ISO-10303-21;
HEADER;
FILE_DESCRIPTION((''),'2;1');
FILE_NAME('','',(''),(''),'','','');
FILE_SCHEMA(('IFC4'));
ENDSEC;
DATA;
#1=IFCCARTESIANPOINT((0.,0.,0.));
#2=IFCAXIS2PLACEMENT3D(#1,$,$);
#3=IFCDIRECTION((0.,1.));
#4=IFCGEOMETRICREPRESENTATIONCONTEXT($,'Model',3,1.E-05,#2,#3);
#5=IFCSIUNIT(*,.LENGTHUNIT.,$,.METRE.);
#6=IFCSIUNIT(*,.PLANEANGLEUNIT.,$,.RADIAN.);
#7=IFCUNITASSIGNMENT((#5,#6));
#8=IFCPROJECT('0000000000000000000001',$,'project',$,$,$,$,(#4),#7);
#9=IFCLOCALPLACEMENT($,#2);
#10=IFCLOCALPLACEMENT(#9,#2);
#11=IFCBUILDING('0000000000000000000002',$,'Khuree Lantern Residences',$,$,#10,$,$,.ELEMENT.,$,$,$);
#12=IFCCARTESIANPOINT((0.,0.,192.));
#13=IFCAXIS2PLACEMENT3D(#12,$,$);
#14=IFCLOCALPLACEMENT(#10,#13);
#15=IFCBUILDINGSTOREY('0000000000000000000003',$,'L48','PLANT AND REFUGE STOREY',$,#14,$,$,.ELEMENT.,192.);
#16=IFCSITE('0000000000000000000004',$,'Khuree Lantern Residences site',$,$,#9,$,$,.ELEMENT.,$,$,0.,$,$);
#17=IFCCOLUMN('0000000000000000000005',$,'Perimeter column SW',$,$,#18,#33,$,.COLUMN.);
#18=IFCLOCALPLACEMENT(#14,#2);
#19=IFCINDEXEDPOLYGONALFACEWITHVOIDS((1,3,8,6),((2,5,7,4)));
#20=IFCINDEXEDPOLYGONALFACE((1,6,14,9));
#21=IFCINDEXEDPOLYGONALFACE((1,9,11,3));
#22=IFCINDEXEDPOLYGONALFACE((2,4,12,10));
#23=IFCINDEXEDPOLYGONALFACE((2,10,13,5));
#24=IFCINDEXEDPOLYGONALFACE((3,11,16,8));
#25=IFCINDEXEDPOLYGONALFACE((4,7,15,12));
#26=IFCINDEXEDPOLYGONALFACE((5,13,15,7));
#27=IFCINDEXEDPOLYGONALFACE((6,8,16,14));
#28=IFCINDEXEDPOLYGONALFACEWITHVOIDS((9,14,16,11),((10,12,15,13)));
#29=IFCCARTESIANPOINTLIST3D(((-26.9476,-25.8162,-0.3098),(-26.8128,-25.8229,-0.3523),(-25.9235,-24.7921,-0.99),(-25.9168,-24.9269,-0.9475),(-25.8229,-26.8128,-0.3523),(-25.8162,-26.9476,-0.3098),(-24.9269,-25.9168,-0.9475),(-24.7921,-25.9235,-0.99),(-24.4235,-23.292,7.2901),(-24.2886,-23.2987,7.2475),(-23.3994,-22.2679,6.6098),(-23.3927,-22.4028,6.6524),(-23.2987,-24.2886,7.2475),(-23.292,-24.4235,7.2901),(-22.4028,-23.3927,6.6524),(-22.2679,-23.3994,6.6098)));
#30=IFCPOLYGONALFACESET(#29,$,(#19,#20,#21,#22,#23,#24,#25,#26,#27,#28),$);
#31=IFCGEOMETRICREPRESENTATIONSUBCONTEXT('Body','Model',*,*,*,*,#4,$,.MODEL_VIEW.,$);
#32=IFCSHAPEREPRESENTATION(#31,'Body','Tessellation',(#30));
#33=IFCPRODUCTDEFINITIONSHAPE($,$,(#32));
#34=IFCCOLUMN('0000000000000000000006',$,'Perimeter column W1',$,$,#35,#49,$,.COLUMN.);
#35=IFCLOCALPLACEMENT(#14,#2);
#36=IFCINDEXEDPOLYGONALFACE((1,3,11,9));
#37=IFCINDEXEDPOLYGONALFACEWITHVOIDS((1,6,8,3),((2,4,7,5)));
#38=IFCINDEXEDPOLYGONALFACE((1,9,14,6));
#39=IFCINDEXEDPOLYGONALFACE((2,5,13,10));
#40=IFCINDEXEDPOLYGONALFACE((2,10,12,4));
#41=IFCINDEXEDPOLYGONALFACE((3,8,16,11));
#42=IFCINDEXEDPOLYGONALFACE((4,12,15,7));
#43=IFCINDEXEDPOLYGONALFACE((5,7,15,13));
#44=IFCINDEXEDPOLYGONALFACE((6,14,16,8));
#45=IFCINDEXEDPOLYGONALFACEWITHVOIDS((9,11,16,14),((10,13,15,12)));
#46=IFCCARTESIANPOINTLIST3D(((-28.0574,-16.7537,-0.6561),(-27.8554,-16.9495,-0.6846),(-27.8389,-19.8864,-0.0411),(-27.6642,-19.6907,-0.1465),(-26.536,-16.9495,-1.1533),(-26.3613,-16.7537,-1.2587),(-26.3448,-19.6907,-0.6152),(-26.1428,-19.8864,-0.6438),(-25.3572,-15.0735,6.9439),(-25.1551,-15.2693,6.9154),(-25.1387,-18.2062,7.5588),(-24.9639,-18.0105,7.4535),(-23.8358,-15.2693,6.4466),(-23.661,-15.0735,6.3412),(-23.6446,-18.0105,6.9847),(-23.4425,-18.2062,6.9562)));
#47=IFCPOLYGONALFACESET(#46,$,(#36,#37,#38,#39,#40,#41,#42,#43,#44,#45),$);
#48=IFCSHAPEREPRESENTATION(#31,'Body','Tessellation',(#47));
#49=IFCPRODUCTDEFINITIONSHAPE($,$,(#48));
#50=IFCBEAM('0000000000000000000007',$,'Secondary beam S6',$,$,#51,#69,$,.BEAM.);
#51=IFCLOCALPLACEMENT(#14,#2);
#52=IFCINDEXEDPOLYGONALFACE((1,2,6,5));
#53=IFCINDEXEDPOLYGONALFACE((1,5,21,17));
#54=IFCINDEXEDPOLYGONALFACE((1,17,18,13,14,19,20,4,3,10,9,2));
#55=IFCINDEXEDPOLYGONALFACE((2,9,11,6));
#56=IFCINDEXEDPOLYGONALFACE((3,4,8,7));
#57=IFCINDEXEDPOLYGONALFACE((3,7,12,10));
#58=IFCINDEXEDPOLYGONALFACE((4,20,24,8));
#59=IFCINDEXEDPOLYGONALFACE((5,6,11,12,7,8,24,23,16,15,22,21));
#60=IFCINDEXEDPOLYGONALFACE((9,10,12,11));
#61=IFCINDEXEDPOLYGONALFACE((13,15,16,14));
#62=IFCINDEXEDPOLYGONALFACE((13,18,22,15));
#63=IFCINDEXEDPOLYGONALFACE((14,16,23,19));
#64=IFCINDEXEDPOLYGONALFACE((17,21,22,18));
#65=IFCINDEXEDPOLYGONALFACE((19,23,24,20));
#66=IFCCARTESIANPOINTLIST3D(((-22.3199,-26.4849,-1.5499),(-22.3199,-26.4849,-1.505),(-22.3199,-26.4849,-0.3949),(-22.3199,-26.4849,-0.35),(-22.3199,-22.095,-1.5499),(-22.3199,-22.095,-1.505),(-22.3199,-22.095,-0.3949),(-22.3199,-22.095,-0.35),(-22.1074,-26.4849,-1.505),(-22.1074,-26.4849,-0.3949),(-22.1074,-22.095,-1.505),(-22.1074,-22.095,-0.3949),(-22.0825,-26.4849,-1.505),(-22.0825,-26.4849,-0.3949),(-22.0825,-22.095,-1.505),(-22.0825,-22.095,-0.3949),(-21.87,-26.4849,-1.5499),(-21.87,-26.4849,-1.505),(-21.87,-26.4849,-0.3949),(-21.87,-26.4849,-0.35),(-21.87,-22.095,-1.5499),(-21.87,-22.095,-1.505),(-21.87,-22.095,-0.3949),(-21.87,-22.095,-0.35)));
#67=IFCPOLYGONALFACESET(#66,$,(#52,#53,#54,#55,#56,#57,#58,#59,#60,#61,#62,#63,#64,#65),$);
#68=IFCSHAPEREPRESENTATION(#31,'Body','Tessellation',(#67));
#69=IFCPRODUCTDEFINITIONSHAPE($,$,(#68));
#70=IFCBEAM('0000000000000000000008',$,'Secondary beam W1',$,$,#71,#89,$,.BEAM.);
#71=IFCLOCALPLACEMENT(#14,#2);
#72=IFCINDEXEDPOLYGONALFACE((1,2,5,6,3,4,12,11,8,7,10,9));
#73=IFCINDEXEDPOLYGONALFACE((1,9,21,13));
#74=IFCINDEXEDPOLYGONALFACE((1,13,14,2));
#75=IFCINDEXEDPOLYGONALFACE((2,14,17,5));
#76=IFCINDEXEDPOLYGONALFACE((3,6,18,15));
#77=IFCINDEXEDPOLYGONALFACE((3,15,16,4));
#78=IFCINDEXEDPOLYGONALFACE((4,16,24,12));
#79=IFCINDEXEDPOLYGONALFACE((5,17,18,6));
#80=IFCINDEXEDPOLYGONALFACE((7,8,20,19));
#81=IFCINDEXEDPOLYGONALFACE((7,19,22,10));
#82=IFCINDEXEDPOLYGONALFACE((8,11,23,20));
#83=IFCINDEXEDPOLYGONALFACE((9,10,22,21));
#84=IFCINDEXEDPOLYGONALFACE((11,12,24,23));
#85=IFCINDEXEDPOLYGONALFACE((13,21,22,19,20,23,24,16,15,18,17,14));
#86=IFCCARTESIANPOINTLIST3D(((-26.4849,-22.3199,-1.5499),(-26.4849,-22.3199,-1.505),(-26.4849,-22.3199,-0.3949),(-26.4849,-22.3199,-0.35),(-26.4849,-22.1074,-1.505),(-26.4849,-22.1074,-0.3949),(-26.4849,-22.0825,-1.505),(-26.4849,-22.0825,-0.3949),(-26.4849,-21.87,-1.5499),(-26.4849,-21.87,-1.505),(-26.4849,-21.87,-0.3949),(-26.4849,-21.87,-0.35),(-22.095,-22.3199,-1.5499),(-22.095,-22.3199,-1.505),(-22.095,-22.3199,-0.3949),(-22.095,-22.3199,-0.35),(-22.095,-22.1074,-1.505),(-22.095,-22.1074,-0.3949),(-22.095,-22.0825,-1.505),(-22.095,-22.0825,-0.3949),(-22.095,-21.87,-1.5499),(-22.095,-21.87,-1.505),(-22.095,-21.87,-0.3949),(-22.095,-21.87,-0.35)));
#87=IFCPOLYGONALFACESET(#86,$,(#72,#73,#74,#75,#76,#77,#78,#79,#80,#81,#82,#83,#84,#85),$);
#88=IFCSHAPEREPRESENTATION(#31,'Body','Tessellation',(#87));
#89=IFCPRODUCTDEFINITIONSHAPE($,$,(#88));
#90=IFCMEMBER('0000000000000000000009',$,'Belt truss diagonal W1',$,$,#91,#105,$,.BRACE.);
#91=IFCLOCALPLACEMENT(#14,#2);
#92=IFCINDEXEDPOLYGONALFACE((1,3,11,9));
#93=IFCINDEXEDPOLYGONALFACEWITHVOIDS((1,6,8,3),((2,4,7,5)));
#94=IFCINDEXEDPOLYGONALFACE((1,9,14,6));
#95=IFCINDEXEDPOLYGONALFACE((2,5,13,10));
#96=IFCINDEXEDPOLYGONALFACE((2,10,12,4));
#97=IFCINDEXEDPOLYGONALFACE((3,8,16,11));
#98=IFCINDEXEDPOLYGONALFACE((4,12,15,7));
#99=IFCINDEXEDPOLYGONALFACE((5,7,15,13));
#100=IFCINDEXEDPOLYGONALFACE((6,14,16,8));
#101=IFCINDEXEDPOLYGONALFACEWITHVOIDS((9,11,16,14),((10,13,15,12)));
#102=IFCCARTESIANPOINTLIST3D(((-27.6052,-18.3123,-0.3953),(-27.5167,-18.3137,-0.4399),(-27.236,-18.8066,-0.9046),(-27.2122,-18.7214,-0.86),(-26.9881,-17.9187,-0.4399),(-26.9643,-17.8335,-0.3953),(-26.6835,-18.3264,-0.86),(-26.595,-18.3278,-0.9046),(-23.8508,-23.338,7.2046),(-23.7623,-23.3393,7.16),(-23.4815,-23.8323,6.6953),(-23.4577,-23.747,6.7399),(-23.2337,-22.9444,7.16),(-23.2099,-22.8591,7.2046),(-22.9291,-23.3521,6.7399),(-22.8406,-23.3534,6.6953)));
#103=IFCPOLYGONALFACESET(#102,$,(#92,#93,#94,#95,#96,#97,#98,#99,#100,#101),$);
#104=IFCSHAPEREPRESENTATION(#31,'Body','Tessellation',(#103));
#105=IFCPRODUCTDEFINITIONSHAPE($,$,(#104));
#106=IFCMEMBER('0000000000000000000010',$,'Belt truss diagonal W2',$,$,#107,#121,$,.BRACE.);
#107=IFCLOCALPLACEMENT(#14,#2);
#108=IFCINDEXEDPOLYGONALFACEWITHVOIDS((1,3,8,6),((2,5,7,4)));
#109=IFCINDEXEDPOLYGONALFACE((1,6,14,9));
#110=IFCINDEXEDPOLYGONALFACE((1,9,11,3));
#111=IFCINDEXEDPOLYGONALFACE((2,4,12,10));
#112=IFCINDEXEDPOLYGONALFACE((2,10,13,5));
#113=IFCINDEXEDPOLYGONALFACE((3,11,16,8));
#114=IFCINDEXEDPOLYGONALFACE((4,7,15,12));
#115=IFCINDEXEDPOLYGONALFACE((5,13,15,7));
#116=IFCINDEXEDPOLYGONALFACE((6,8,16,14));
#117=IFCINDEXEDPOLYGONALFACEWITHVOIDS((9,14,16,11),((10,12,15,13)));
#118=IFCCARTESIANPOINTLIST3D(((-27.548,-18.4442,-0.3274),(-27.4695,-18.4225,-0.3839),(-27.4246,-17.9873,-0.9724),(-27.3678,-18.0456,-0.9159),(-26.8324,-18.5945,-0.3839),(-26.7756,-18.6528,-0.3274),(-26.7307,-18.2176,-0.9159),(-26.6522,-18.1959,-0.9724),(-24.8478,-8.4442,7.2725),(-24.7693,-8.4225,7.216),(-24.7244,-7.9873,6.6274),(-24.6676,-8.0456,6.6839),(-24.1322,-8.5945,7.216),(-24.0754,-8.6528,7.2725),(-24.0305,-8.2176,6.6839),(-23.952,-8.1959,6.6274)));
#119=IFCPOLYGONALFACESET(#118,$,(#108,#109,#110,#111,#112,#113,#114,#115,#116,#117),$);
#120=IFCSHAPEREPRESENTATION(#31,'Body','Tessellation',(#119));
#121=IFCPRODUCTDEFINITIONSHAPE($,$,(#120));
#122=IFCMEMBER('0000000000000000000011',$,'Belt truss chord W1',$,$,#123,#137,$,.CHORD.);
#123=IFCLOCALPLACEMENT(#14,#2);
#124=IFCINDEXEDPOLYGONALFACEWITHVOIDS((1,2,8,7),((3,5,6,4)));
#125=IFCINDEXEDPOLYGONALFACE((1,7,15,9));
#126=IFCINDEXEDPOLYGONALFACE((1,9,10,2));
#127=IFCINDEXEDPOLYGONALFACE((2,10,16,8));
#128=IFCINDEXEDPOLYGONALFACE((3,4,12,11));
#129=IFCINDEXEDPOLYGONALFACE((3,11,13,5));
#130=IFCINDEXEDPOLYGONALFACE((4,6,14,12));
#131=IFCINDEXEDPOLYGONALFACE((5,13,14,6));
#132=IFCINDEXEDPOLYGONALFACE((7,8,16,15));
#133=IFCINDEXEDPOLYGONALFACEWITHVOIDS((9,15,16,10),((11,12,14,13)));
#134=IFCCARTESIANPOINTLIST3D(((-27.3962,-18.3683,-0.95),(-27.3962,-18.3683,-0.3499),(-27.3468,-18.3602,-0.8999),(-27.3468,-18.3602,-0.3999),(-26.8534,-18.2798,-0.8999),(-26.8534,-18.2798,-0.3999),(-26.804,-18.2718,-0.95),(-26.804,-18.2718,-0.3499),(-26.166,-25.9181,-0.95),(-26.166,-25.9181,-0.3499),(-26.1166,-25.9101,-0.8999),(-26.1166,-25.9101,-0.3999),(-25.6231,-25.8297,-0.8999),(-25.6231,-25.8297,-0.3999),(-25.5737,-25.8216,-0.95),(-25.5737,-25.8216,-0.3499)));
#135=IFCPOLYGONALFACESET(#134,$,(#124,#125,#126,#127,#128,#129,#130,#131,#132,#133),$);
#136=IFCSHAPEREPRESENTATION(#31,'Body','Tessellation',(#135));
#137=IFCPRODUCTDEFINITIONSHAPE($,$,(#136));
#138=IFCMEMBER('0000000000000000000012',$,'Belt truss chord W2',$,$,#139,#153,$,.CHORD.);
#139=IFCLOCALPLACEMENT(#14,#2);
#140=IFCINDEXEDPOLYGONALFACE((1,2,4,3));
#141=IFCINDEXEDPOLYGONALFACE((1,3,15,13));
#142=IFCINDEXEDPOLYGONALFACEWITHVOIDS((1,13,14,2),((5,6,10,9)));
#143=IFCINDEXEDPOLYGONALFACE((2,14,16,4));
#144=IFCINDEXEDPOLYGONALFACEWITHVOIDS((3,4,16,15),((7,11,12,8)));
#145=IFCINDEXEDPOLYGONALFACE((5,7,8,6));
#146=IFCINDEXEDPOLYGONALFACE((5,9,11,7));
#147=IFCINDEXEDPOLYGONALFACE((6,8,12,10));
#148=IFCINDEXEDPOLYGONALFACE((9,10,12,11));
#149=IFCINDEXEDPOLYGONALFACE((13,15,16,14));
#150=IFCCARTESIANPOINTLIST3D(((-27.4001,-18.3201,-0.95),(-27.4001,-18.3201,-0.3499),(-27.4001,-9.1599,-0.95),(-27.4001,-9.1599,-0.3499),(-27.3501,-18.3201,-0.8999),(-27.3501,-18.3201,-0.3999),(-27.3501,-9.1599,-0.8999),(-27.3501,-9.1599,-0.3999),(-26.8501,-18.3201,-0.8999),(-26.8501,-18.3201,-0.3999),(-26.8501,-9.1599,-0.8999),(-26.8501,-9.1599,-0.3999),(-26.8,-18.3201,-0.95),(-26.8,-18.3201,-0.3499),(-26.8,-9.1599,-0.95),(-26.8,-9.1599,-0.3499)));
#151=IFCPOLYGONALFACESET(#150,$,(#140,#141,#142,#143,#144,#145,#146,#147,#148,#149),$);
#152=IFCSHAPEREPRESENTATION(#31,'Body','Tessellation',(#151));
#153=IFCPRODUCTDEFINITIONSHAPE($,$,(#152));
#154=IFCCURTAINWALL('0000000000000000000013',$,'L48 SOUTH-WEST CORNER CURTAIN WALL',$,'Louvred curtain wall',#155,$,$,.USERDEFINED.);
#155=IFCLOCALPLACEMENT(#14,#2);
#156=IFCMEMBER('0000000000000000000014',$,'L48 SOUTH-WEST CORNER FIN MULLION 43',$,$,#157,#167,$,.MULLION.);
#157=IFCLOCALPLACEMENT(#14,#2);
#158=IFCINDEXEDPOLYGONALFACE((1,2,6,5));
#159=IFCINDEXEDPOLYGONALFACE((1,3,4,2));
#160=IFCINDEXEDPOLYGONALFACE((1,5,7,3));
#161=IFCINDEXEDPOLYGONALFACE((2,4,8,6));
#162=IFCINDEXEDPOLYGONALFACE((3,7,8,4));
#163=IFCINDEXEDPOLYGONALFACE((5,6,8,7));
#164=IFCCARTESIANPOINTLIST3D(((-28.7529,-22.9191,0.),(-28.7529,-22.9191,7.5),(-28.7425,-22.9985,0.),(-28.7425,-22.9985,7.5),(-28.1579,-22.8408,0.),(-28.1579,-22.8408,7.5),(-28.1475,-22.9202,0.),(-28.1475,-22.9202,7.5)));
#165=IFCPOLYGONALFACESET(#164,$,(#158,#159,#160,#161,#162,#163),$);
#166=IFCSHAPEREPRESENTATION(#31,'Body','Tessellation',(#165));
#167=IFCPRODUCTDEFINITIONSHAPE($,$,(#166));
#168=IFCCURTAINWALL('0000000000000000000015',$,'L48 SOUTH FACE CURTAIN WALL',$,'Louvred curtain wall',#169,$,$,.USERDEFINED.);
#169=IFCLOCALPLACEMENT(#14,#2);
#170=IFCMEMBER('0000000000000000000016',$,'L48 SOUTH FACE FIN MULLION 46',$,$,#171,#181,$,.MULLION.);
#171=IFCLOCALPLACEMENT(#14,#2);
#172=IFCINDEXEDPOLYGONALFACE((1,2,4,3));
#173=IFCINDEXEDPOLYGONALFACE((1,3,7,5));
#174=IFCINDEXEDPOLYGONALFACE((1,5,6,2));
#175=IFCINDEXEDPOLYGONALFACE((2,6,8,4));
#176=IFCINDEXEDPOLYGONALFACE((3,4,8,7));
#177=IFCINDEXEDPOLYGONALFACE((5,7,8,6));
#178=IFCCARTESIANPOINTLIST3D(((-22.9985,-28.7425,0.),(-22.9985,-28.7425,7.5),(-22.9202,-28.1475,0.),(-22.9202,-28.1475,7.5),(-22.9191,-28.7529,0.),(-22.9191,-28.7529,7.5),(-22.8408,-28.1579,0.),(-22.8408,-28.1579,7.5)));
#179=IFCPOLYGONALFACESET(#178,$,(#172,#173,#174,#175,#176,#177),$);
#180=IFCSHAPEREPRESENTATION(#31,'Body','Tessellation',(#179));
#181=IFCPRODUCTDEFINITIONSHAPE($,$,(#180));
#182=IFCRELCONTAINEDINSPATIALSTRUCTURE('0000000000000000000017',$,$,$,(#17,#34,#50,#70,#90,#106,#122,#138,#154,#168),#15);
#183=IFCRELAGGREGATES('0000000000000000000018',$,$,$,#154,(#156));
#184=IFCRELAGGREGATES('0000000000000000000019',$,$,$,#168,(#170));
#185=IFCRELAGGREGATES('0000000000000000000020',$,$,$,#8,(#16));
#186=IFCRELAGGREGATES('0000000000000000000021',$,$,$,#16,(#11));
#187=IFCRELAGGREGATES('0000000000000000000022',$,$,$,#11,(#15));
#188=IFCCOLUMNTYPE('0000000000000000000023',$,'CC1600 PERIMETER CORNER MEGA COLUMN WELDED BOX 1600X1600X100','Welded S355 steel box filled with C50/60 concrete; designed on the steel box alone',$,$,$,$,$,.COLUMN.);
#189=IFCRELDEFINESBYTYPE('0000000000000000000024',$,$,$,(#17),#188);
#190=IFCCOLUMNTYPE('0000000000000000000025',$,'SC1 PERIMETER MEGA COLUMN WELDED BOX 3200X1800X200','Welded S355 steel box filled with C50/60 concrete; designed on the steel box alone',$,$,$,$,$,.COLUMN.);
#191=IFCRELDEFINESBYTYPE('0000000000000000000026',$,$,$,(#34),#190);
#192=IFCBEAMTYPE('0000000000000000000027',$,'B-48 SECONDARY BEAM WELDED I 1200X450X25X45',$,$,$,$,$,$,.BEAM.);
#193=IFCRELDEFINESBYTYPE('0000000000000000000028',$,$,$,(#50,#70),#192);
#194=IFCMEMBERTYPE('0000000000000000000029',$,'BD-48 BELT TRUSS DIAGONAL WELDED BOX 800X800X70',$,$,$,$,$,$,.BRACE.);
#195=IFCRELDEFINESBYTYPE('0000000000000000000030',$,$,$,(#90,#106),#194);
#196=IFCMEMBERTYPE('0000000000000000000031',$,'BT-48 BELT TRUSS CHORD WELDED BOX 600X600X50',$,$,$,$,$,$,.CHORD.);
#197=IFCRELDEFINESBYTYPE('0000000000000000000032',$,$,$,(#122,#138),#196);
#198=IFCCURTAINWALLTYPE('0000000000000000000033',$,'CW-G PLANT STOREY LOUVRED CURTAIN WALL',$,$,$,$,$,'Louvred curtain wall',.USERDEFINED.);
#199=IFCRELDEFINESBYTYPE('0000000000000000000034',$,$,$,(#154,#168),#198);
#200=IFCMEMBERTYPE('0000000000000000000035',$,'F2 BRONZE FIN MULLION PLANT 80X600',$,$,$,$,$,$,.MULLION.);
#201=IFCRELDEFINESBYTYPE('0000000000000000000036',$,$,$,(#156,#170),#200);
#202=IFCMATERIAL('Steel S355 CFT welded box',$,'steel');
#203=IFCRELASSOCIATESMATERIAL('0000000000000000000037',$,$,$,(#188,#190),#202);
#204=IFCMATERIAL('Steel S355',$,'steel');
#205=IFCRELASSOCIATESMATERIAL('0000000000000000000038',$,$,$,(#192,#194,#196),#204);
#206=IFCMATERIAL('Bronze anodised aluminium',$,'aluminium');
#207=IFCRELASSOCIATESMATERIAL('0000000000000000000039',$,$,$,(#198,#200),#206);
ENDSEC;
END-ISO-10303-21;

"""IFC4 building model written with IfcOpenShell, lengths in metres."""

from ifc_helpers import new_model, si_unit, direction, frame, origin, origin_2d, place, context, subcontext, project, spatial, rectangle, hollow_rectangle, i_section, extrude, material, material_profile, profile_set, type_object, element, aggregate, save


model = new_model("IFC4")

# Units and contexts
model_context = context("Model", 3, precision=1e-05, world=origin(), true_north=direction((0.0, 1.0)))
body_context = subcontext(model_context, "Body", "Model", "MODEL_VIEW")
ifc_project = project(units=[si_unit("LENGTHUNIT", "METRE"), si_unit("PLANEANGLEUNIT", "RADIAN")], contexts=[model_context])

# Site, building, storey
site_placement = place(None, origin())
site = spatial("IfcSite", under=ifc_project, at=site_placement, Name="Khuree Lantern Residences site", CompositionType="ELEMENT", RefElevation=0.0)
building_placement = place(site_placement, origin())
building = spatial("IfcBuilding", under=site, at=building_placement, Name="Khuree Lantern Residences", CompositionType="ELEMENT")
storey_placement = place(building_placement, frame((0.0, 0.0, 192.0)))
storey = spatial("IfcBuildingStorey", under=building, at=storey_placement, Name="L48", Description="PLANT AND REFUGE STOREY", CompositionType="ELEMENT", Elevation=192.0)

# Columns
ifc_material_1 = material(Name="Steel S355 CFT welded box", Category="steel")
ifc_material_profile_1 = material_profile(ifc_material_1, hollow_rectangle(XDim=1.6001, YDim=1.6001, WallThickness=0.1001, at=origin_2d()), Name="WELDED BOX 1600X1600X100")
ifc_profile_set_1 = profile_set([ifc_material_profile_1], Name="Steel S355 CFT welded box")
column_type_1 = type_object("IfcColumnType", Name="CC1600 PERIMETER CORNER MEGA COLUMN WELDED BOX 1600X1600X100", Description="Welded S355 steel box filled with C50/60 concrete; designed on the steel box alone", PredefinedType="COLUMN", material=ifc_profile_set_1)
column_1_placement = place(storey_placement, frame((-25.8699, -25.8699, -0.6499), z_axis=(0.300623, 0.300623, 0.905125), x_axis=(0.707107, -0.707107, 0.0)))
element("IfcColumn", 1, at=column_1_placement, inside=storey, type_object=column_type_1, Name="Perimeter column SW", PredefinedType="COLUMN", context=body_context, shape_type="SweptSolid", body=[
    extrude(hollow_rectangle(XDim=1.6001, YDim=1.6001, WallThickness=0.1001, at=origin_2d()), origin(), (0.0, 0.0, 1.0), 8.3965),
])
ifc_material_profile_2 = material_profile(ifc_material_1, hollow_rectangle(XDim=3.2, YDim=1.8, WallThickness=0.2, at=origin_2d()), Name="WELDED BOX 3200X1800X200")
ifc_profile_set_2 = profile_set([ifc_material_profile_2], Name="Steel S355 CFT welded box")
column_type_2 = type_object("IfcColumnType", Name="SC1 PERIMETER MEGA COLUMN WELDED BOX 3200X1800X200", Description="Welded S355 steel box filled with C50/60 concrete; designed on the steel box alone", PredefinedType="COLUMN", material=ifc_profile_set_2)
column_2_placement = place(storey_placement, frame((-27.1001, -18.3201, -0.6499), z_axis=(0.327756, 0.203944, 0.922487), x_axis=(-0.068286, 0.978983, -0.192172)))
element("IfcColumn", 2, at=column_2_placement, inside=storey, type_object=column_type_2, Name="Perimeter column W1", PredefinedType="COLUMN", context=body_context, shape_type="SweptSolid", body=[
    extrude(hollow_rectangle(XDim=3.2, YDim=1.8, WallThickness=0.2, at=origin_2d()), origin(), (0.0, 0.0, 1.0), 8.2385),
])

# Beams
ifc_material_2 = material(Name="Steel S355", Category="steel")
ifc_material_profile_3 = material_profile(ifc_material_2, i_section(OverallWidth=0.45, OverallDepth=1.2, WebThickness=0.0249, FlangeThickness=0.0449, at=origin_2d()), Name="WELDED I 1200X450X25X45")
ifc_profile_set_3 = profile_set([ifc_material_profile_3], Name="Steel S355")
beam_type_1 = type_object("IfcBeamType", Name="B-48 SECONDARY BEAM WELDED I 1200X450X25X45", PredefinedType="BEAM", material=ifc_profile_set_3)
for number, where, z_axis, x_axis, name in (
    (3, (-22.095, -26.4849, -0.95), (0.0, 1.0, 0.0), (-1.0, 0.0, 0.0), "Secondary beam S6"),
    (4, (-26.4849, -22.095, -0.95), (1.0, 0.0, 0.0), (0.0, 1.0, 0.0), "Secondary beam W1"),
):
    element("IfcBeam", number, at=place(storey_placement, frame(where, z_axis=z_axis, x_axis=x_axis)), inside=storey, type_object=beam_type_1, Name=name, PredefinedType="BEAM", context=body_context, shape_type="SweptSolid", body=[
        extrude(i_section(OverallWidth=0.45, OverallDepth=1.2, WebThickness=0.0249, FlangeThickness=0.0449, at=origin_2d()), origin(), (0.0, 0.0, 1.0), 4.3899),
    ])

# Members
ifc_material_profile_4 = material_profile(ifc_material_2, hollow_rectangle(XDim=0.8, YDim=0.8, WallThickness=0.0701, at=origin_2d()), Name="WELDED BOX 800X800X70")
ifc_profile_set_4 = profile_set([ifc_material_profile_4], Name="Steel S355")
member_type_1 = type_object("IfcMemberType", Name="BD-48 BELT TRUSS DIAGONAL WELDED BOX 800X800X70", PredefinedType="BRACE", material=ifc_profile_set_4)
member_1_placement = place(storey_placement, frame((-23.3457, -23.3457, 6.95), z_axis=(-0.380985, 0.509986, -0.77121), x_axis=(-0.801133, -0.598486, 0.0)))
element("IfcMember", 5, at=member_1_placement, inside=storey, type_object=member_type_1, Name="Belt truss diagonal W1", PredefinedType="BRACE", context=body_context, shape_type="SweptSolid", body=[
    extrude(hollow_rectangle(XDim=0.8, YDim=0.8, WallThickness=0.0701, at=origin_2d()), origin(), (0.0, 0.0, 1.0), 9.8545),
])
member_2_placement = place(storey_placement, frame((-27.1001, -18.3201, -0.6499), z_axis=(0.210179, 0.778384, 0.59156), x_axis=(-0.965424, 0.260683, 0.0)))
element("IfcMember", 6, at=member_2_placement, inside=storey, type_object=member_type_1, Name="Belt truss diagonal W2", PredefinedType="BRACE", context=body_context, shape_type="SweptSolid", body=[
    extrude(hollow_rectangle(XDim=0.8, YDim=0.8, WallThickness=0.0701, at=origin_2d()), origin(), (0.0, 0.0, 1.0), 12.8472),
])
ifc_material_profile_5 = material_profile(ifc_material_2, hollow_rectangle(XDim=0.6001, YDim=0.6001, WallThickness=0.05, at=origin_2d()), Name="WELDED BOX 600X600X50")
ifc_profile_set_5 = profile_set([ifc_material_profile_5], Name="Steel S355")
member_type_2 = type_object("IfcMemberType", Name="BT-48 BELT TRUSS CHORD WELDED BOX 600X600X50", PredefinedType="CHORD", material=ifc_profile_set_5)
member_3_placement = place(storey_placement, frame((-25.8699, -25.8699, -0.6499), z_axis=(-0.160827, 0.986983, 0.0), x_axis=(-0.986983, -0.160827, 0.0)))
element("IfcMember", 7, at=member_3_placement, inside=storey, type_object=member_type_2, Name="Belt truss chord W1", PredefinedType="CHORD", context=body_context, shape_type="SweptSolid", body=[
    extrude(hollow_rectangle(XDim=0.6001, YDim=0.6001, WallThickness=0.05, at=origin_2d()), origin(), (0.0, 0.0, 1.0), 7.6494),
])
member_4_placement = place(storey_placement, frame((-27.1001, -18.3201, -0.6499), z_axis=(0.0, 1.0, 0.0), x_axis=(-1.0, 0.0, 0.0)))
element("IfcMember", 8, at=member_4_placement, inside=storey, type_object=member_type_2, Name="Belt truss chord W2", PredefinedType="CHORD", context=body_context, shape_type="SweptSolid", body=[
    extrude(hollow_rectangle(XDim=0.6001, YDim=0.6001, WallThickness=0.05, at=origin_2d()), origin(), (0.0, 0.0, 1.0), 9.1602),
])

# Curtain walls, members
ifc_material_3 = material(Name="Bronze anodised aluminium", Category="aluminium")
curtain_wall_type = type_object("IfcCurtainWallType", Name="CW-G PLANT STOREY LOUVRED CURTAIN WALL", ElementType="Louvred curtain wall", PredefinedType="USERDEFINED", material=ifc_material_3)
curtain_wall_1_placement = place(storey_placement, origin())
curtain_wall_1 = element("IfcCurtainWall", 9, at=curtain_wall_1_placement, inside=storey, type_object=curtain_wall_type, Name="L48 SOUTH-WEST CORNER CURTAIN WALL", ObjectType="Louvred curtain wall", PredefinedType="USERDEFINED")
ifc_material_profile_6 = material_profile(ifc_material_3, rectangle(XDim=0.0801, YDim=0.6001, at=origin_2d()), Name="F2 80X600")
ifc_profile_set_6 = profile_set([ifc_material_profile_6], Name="Bronze anodised aluminium")
member_type_3 = type_object("IfcMemberType", Name="F2 BRONZE FIN MULLION PLANT 80X600", PredefinedType="MULLION", material=ifc_profile_set_6)
member_5_placement = place(storey_placement, frame((-28.4502, -22.9197, 0.0), z_axis=(0.0, 0.0, 1.0), x_axis=(0.130526, -0.991445, 0.0)))
member_5 = element("IfcMember", 10, at=member_5_placement, type_object=member_type_3, Name="L48 SOUTH-WEST CORNER FIN MULLION 43", PredefinedType="MULLION", context=body_context, shape_type="SweptSolid", body=[
    extrude(rectangle(XDim=0.0801, YDim=0.6001, at=origin_2d()), origin(), (0.0, 0.0, 1.0), 7.5),
])
curtain_wall_2_placement = place(storey_placement, origin())
curtain_wall_2 = element("IfcCurtainWall", 11, at=curtain_wall_2_placement, inside=storey, type_object=curtain_wall_type, Name="L48 SOUTH FACE CURTAIN WALL", ObjectType="Louvred curtain wall", PredefinedType="USERDEFINED")
member_6_placement = place(storey_placement, frame((-22.9197, -28.4502, 0.0), z_axis=(0.0, 0.0, 1.0), x_axis=(0.991445, -0.130526, 0.0)))
member_6 = element("IfcMember", 12, at=member_6_placement, type_object=member_type_3, Name="L48 SOUTH FACE FIN MULLION 46", PredefinedType="MULLION", context=body_context, shape_type="SweptSolid", body=[
    extrude(rectangle(XDim=0.0801, YDim=0.6001, at=origin_2d()), origin(), (0.0, 0.0, 1.0), 7.5),
])

aggregate(curtain_wall_1, [member_5])
aggregate(curtain_wall_2, [member_6])

save(model, "model.ifc")
